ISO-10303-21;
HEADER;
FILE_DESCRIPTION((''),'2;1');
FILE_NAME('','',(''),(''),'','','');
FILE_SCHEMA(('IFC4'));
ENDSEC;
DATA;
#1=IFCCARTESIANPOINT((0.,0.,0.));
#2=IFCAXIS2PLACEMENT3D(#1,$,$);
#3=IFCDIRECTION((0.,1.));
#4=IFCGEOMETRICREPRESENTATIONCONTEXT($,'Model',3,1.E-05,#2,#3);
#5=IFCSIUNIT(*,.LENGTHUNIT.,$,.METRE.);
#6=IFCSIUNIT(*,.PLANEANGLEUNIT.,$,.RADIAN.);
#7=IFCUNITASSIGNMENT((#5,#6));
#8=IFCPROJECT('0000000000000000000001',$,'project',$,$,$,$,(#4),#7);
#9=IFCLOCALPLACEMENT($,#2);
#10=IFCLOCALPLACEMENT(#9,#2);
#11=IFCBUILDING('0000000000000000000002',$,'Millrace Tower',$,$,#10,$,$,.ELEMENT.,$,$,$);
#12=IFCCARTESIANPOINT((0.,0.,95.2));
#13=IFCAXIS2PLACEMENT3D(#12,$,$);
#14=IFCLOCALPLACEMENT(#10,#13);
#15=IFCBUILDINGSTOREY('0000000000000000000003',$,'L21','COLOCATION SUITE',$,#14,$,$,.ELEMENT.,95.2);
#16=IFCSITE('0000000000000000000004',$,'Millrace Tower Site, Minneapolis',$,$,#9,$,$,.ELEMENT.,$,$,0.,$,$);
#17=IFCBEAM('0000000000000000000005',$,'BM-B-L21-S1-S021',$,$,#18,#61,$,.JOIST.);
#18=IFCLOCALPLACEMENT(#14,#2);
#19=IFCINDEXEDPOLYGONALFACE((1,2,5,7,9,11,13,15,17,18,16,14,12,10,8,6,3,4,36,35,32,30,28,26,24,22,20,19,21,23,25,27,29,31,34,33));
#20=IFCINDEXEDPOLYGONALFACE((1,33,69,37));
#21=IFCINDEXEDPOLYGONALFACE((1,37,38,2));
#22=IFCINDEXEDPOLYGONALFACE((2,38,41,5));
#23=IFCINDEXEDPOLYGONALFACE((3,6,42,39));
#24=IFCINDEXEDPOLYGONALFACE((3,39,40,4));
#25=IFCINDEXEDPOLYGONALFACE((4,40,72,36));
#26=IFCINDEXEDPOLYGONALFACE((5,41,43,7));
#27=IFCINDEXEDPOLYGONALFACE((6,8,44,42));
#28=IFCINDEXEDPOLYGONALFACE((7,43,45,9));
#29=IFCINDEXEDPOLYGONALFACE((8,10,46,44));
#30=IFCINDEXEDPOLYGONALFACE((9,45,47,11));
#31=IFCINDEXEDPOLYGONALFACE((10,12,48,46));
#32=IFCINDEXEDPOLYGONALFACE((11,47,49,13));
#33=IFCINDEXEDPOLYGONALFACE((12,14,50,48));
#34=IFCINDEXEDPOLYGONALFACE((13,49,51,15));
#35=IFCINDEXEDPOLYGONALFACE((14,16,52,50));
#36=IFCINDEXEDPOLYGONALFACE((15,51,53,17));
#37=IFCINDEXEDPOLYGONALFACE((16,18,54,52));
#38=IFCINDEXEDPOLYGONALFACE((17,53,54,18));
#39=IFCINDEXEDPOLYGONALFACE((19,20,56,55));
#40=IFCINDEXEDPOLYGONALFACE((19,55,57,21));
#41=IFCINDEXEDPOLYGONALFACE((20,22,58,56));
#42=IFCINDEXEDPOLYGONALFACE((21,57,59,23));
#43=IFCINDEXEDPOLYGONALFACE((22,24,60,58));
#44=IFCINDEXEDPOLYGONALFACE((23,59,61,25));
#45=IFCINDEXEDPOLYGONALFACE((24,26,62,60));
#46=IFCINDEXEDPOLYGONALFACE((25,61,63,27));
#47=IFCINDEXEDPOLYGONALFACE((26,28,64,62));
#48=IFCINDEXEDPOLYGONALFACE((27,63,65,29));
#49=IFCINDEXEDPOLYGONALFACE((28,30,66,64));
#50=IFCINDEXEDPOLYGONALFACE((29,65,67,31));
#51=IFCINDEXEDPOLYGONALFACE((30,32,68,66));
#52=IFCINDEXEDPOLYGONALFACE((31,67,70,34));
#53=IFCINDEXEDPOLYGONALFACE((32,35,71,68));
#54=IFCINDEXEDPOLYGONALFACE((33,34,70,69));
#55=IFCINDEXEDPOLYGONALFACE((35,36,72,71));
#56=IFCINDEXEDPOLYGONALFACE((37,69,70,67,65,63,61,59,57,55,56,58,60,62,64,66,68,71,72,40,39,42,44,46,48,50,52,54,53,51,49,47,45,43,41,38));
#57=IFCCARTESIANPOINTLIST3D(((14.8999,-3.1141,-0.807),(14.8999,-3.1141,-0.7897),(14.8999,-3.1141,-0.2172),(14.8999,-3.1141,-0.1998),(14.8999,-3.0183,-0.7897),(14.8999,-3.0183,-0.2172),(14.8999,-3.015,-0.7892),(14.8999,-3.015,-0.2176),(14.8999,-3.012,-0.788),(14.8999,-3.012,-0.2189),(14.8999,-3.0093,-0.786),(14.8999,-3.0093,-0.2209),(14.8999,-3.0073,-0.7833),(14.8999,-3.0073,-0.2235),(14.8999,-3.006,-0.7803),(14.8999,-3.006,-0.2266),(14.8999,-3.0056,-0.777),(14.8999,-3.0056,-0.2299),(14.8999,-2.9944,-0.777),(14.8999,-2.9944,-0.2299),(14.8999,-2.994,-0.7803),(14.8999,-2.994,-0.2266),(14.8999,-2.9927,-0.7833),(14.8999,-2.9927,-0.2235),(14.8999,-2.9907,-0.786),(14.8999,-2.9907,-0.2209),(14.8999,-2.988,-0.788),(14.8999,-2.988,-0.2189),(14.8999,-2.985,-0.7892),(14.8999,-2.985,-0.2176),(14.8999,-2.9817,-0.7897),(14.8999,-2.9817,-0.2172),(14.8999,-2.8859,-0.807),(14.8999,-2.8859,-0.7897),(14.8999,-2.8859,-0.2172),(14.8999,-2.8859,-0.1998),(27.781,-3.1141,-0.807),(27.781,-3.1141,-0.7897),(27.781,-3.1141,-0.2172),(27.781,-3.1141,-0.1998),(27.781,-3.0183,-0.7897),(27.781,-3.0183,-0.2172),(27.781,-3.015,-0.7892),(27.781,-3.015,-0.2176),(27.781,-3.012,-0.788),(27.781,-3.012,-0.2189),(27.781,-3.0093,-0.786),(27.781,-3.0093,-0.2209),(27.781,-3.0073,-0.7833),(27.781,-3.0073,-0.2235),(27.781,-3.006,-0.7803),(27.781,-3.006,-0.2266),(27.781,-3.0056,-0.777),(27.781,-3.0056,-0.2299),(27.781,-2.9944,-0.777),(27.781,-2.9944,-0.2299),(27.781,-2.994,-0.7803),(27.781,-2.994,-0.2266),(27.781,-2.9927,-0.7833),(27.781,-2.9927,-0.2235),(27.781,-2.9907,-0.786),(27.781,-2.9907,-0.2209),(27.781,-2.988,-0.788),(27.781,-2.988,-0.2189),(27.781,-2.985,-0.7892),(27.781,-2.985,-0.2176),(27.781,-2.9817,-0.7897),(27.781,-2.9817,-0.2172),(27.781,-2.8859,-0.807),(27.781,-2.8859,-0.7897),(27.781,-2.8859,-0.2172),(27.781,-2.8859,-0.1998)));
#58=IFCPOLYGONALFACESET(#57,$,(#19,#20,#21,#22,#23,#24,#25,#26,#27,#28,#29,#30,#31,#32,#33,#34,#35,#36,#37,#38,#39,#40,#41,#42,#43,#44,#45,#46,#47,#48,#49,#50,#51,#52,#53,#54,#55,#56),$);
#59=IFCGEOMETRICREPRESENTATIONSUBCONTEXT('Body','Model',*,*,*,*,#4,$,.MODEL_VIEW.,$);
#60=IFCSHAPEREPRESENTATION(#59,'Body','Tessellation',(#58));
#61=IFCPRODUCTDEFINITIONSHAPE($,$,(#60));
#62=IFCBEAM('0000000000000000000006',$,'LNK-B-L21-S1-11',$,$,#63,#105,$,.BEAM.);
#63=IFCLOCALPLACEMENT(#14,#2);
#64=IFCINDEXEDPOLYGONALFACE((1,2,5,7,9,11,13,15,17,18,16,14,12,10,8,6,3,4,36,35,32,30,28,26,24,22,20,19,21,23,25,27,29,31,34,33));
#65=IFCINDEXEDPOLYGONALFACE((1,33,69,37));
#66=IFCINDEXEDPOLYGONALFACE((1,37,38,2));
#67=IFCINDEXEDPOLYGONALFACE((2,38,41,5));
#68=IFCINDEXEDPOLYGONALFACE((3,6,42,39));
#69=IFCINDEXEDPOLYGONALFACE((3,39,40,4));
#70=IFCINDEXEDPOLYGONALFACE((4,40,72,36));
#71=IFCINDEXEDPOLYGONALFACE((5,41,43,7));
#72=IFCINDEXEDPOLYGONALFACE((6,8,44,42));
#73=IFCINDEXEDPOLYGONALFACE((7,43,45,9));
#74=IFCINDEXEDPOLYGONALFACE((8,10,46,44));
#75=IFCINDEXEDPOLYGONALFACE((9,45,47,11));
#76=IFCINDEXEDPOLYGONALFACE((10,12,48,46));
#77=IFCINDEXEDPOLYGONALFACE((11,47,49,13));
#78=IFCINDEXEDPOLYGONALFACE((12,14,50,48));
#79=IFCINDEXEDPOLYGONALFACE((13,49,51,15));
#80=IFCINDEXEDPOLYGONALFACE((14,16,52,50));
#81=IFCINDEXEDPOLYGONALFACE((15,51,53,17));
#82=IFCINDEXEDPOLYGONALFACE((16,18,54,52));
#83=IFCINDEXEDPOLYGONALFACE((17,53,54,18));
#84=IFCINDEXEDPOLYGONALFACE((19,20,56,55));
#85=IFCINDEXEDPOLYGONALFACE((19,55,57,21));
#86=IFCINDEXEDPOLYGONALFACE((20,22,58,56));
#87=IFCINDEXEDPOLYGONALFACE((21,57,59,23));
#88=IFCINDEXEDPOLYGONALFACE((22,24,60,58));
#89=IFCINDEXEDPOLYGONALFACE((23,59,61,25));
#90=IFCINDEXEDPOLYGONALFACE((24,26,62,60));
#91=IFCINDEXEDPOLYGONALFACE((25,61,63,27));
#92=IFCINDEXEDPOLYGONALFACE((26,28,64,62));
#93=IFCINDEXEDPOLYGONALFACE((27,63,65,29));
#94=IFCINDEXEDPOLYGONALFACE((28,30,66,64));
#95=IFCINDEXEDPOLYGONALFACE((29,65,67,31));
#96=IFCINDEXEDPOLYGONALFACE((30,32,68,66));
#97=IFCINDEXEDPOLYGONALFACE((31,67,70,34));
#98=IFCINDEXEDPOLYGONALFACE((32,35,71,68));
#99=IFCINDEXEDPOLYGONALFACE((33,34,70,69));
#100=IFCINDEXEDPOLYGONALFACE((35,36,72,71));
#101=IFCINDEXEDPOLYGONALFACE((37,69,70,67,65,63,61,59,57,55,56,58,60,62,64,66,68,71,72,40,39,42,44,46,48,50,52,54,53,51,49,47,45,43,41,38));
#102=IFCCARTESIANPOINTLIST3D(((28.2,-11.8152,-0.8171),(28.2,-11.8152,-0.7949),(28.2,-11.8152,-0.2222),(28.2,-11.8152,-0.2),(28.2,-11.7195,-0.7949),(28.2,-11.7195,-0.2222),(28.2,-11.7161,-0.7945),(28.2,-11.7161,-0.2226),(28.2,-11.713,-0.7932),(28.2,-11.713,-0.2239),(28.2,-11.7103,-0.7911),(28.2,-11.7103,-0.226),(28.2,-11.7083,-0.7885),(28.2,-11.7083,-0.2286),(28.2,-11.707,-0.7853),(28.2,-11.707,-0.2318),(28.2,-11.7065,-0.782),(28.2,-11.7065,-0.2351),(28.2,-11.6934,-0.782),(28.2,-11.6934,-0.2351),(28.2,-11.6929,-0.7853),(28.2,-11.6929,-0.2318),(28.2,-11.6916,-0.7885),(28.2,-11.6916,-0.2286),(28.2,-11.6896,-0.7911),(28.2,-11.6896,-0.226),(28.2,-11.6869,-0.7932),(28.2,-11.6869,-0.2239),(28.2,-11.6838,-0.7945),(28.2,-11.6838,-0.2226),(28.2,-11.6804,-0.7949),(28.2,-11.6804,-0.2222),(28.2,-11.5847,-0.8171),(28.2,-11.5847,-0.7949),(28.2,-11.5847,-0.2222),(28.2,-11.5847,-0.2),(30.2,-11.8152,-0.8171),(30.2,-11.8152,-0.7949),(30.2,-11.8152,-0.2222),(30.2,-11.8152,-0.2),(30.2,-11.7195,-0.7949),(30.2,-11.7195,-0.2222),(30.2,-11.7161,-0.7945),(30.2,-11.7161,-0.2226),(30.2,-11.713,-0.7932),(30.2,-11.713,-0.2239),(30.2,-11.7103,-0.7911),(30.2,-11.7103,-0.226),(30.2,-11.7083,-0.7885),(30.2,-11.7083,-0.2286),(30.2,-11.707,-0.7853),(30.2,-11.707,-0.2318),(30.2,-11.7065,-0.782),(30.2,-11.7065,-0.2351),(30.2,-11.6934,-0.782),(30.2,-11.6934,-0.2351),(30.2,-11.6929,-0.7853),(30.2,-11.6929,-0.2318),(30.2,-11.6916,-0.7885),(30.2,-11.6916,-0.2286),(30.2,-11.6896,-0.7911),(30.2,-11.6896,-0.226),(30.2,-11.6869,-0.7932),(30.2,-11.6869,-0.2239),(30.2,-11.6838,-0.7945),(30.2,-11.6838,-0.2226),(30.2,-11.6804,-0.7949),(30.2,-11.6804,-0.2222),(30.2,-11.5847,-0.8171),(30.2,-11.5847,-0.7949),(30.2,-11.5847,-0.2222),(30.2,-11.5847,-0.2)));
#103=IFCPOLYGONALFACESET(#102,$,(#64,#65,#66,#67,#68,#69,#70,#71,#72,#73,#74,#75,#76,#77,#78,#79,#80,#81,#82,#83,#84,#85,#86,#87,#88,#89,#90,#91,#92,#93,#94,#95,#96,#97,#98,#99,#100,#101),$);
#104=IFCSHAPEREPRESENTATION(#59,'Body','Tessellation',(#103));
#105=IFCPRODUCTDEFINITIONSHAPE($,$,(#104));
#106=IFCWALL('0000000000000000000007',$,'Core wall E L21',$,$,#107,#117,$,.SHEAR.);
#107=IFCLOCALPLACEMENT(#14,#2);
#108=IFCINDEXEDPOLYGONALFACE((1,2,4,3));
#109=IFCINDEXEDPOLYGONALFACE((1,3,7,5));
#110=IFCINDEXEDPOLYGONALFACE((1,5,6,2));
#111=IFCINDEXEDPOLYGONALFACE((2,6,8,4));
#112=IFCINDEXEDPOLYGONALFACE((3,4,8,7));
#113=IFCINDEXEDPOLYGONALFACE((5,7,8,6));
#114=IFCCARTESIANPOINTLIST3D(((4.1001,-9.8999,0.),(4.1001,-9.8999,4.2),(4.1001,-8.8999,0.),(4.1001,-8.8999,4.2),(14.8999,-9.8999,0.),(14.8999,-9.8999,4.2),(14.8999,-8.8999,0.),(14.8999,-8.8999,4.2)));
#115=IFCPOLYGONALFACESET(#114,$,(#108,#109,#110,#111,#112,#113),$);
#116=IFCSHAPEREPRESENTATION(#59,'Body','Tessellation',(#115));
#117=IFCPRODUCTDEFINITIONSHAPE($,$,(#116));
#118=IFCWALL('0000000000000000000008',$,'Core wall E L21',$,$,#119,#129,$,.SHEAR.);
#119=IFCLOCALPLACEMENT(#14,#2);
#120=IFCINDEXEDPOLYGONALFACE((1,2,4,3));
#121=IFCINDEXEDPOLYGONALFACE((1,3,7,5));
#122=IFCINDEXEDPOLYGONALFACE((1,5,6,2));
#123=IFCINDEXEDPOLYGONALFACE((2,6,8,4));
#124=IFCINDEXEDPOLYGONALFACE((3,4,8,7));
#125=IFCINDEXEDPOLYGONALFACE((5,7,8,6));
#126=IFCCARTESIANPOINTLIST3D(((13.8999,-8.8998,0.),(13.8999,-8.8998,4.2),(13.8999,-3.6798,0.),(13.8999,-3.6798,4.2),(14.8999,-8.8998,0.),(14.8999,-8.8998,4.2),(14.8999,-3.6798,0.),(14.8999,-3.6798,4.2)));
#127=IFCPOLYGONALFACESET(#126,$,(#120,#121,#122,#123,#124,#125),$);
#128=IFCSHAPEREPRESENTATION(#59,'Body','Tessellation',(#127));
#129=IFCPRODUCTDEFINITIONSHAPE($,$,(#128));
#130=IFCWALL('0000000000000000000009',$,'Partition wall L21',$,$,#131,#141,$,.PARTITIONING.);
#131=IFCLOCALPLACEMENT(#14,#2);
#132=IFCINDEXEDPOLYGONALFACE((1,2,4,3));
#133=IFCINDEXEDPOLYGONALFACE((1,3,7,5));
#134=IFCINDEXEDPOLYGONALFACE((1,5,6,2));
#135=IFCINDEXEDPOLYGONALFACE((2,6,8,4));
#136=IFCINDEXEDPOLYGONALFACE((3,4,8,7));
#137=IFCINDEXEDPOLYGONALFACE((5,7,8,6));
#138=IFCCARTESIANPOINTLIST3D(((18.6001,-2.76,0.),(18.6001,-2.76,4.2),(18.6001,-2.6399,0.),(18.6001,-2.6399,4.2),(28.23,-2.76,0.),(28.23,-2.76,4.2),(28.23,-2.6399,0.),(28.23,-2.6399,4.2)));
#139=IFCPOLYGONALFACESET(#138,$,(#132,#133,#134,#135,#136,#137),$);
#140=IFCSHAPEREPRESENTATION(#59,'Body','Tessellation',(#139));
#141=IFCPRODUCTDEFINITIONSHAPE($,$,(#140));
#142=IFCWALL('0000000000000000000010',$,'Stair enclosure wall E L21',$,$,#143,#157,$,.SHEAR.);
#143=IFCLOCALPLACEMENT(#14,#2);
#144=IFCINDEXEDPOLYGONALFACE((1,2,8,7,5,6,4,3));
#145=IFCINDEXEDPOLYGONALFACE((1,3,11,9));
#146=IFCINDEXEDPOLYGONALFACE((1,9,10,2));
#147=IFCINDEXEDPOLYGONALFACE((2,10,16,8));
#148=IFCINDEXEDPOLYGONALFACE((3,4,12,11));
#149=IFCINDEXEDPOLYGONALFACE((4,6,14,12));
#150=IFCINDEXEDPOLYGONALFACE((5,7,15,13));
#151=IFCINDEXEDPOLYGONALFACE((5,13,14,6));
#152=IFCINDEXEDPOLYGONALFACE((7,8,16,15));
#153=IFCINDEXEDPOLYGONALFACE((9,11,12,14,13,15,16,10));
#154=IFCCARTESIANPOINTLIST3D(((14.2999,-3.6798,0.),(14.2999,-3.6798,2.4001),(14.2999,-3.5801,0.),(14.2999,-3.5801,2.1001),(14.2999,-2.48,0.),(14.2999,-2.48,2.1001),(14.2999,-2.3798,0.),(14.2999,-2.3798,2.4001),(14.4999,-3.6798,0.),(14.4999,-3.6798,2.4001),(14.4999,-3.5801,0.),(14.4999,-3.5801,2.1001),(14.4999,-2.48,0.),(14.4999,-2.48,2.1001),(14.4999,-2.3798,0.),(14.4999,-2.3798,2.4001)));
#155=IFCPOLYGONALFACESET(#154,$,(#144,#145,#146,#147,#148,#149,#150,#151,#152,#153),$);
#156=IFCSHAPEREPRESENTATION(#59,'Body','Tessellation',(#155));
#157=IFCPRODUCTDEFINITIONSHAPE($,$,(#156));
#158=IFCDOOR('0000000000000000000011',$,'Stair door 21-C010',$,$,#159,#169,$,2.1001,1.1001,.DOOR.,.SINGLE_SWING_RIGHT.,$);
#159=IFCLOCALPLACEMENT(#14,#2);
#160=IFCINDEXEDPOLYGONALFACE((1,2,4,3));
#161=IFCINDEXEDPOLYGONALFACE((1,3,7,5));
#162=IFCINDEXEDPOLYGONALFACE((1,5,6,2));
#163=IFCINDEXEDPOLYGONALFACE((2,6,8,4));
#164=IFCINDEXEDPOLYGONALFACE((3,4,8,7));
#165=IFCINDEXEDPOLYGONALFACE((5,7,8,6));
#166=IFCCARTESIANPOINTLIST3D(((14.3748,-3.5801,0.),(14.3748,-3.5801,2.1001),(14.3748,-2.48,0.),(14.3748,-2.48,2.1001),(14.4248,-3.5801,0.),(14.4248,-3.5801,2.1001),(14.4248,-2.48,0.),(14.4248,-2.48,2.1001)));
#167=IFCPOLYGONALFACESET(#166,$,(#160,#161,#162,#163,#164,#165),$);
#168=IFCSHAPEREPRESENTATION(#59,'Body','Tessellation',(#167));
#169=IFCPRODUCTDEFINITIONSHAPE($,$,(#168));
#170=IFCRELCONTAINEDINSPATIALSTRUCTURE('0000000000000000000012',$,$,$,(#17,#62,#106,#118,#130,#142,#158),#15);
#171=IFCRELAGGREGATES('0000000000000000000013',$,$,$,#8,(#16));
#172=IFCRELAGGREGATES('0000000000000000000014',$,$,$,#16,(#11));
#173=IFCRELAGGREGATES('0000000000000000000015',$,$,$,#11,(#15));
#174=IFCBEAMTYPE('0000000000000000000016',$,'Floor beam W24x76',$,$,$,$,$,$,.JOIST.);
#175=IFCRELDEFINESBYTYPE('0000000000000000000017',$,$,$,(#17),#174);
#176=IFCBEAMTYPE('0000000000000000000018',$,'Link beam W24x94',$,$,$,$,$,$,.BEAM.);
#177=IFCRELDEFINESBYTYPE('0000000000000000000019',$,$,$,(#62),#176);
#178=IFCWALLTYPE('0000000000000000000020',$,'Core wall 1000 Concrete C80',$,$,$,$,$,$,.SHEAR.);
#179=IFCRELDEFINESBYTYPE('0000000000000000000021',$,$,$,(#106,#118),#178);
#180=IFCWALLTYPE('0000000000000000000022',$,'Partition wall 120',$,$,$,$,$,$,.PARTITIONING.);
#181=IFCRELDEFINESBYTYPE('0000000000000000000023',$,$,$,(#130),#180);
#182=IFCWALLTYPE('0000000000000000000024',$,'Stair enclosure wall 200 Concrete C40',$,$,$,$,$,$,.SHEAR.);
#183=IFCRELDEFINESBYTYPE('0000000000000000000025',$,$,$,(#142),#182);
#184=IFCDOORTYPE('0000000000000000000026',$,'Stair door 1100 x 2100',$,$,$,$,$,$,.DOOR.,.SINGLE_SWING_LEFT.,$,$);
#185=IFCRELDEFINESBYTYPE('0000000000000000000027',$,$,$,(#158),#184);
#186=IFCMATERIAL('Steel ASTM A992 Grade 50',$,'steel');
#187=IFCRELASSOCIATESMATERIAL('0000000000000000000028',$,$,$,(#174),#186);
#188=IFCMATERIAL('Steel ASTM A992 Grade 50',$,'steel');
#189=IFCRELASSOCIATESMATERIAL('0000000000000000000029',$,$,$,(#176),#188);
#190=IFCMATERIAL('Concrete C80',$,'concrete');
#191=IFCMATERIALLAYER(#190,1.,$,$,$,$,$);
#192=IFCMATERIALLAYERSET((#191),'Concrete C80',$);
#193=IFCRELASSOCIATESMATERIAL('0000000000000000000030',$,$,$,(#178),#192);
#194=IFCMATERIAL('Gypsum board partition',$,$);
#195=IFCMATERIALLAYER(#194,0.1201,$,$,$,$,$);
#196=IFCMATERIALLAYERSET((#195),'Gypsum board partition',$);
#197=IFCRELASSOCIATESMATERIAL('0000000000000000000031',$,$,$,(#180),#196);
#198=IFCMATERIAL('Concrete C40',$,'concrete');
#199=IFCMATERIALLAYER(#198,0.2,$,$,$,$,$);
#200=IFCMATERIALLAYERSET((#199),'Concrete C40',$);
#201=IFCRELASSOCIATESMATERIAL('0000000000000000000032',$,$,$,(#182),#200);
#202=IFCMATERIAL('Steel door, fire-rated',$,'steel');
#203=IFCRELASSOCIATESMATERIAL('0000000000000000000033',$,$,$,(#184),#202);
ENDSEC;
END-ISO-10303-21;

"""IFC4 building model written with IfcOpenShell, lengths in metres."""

from ifc_helpers import new_model, si_unit, direction, frame, frame_2d, origin, origin_2d, place, context, subcontext, project, spatial, rectangle, i_section, extrude, material, layer, layer_set, material_profile, profile_set, type_object, element, fill, save


model = new_model("IFC4")

# Units and contexts
model_context = context("Model", 3, precision=1e-05, world=origin(), true_north=direction((0.0, 1.0)))
body_context = subcontext(model_context, "Body", "Model", "MODEL_VIEW")
ifc_project = project(units=[si_unit("LENGTHUNIT", "METRE"), si_unit("PLANEANGLEUNIT", "RADIAN")], contexts=[model_context])

# Site, building, storey
site_placement = place(None, origin())
site = spatial("IfcSite", under=ifc_project, at=site_placement, Name="Millrace Tower Site, Minneapolis", CompositionType="ELEMENT", RefElevation=0.0)
building_placement = place(site_placement, origin())
building = spatial("IfcBuilding", under=site, at=building_placement, Name="Millrace Tower", CompositionType="ELEMENT")
storey_placement = place(building_placement, frame((0.0, 0.0, 95.2)))
storey = spatial("IfcBuildingStorey", under=building, at=storey_placement, Name="L21", Description="COLOCATION SUITE", CompositionType="ELEMENT", Elevation=95.2)

# Beams
ifc_material_1 = material(Name="Steel ASTM A992 Grade 50", Category="steel")
ifc_material_profile_1 = material_profile(ifc_material_1, i_section(OverallWidth=0.2283, OverallDepth=0.6072, WebThickness=0.0112, FlangeThickness=0.0173, FilletRadius=0.0127, at=origin_2d()))
ifc_profile_set_1 = profile_set([ifc_material_profile_1], Name="Steel ASTM A992 Grade 50")
beam_type_1 = type_object("IfcBeamType", Name="Floor beam W24x76", PredefinedType="JOIST", material=ifc_profile_set_1)
for number, where, z_axis, x_axis, name in (
    (1, (14.8999, -3.0, -0.5034), (1.0, 0.0, 0.0), (0.0, 1.0, 0.0), "BM-B-L21-S1-S021"),
):
    element("IfcBeam", number, at=place(storey_placement, frame(where, z_axis=z_axis, x_axis=x_axis)), inside=storey, type_object=beam_type_1, Name=name, PredefinedType="JOIST", context=body_context, shape_type="SweptSolid", body=[
        extrude(i_section(OverallWidth=0.2283, OverallDepth=0.6072, WebThickness=0.0112, FlangeThickness=0.0173, FilletRadius=0.0127, at=origin_2d()), origin(), (0.0, 0.0, 1.0), 12.8811),
    ])
ifc_material_2 = material(Name="Steel ASTM A992 Grade 50", Category="steel")
ifc_material_profile_2 = material_profile(ifc_material_2, i_section(OverallWidth=0.2305, OverallDepth=0.6172, WebThickness=0.0132, FlangeThickness=0.0222, FilletRadius=0.0129, at=origin_2d()))
ifc_profile_set_2 = profile_set([ifc_material_profile_2], Name="Steel ASTM A992 Grade 50")
beam_type_2 = type_object("IfcBeamType", Name="Link beam W24x94", PredefinedType="BEAM", material=ifc_profile_set_2)
beam_1_placement = place(storey_placement, frame((28.2, -11.7, -0.5085), z_axis=(1.0, 0.0, 0.0), x_axis=(0.0, 1.0, 0.0)))
element("IfcBeam", 2, at=beam_1_placement, inside=storey, type_object=beam_type_2, Name="LNK-B-L21-S1-11", PredefinedType="BEAM", context=body_context, shape_type="SweptSolid", body=[
    extrude(i_section(OverallWidth=0.2305, OverallDepth=0.6172, WebThickness=0.0132, FlangeThickness=0.0222, FilletRadius=0.0129, at=origin_2d()), origin(), (0.0, 0.0, 1.0), 2.0),
])

# Walls
ifc_material_3 = material(Name="Concrete C80", Category="concrete")
ifc_layer_1 = layer(ifc_material_3, 1.0)
ifc_layer_set_1 = layer_set([ifc_layer_1], Name="Concrete C80")
wall_type_1 = type_object("IfcWallType", Name="Core wall 1000 Concrete C80", PredefinedType="SHEAR", material=ifc_layer_set_1)
wall_1_placement = place(storey_placement, frame((14.8999, -9.3999, 0.0), z_axis=(0.0, 0.0, 1.0), x_axis=(-1.0, 0.0, 0.0)))
element("IfcWall", 3, at=wall_1_placement, inside=storey, type_object=wall_type_1, Name="Core wall E L21", PredefinedType="SHEAR", context=body_context, shape_type="SweptSolid", body=[
    extrude(rectangle(XDim=10.7998, YDim=1.0, at=frame_2d((5.3999, 0.0))), origin(), (0.0, 0.0, 1.0), 4.2),
])
wall_2_placement = place(storey_placement, frame((14.3999, -3.6799, 0.0), z_axis=(0.0, 0.0, 1.0), x_axis=(0.0, -1.0, 0.0)))
element("IfcWall", 4, at=wall_2_placement, inside=storey, type_object=wall_type_1, Name="Core wall E L21", PredefinedType="SHEAR", context=body_context, shape_type="SweptSolid", body=[
    extrude(rectangle(XDim=5.22, YDim=1.0, at=frame_2d((2.6099, 0.0))), origin(), (0.0, 0.0, 1.0), 4.2),
])
ifc_material_4 = material(Name="Gypsum board partition")
ifc_layer_2 = layer(ifc_material_4, 0.1201)
ifc_layer_set_2 = layer_set([ifc_layer_2], Name="Gypsum board partition")
wall_type_2 = type_object("IfcWallType", Name="Partition wall 120", PredefinedType="PARTITIONING", material=ifc_layer_set_2)
wall_3_placement = place(storey_placement, frame((18.6001, -2.7, 0.0), z_axis=(0.0, 0.0, 1.0), x_axis=(1.0, 0.0, 0.0)))
element("IfcWall", 5, at=wall_3_placement, inside=storey, type_object=wall_type_2, Name="Partition wall L21", PredefinedType="PARTITIONING", context=body_context, shape_type="SweptSolid", body=[
    extrude(rectangle(XDim=9.6299, YDim=0.1201, at=frame_2d((4.8149, 0.0))), origin(), (0.0, 0.0, 1.0), 4.2),
])

# Wall, opening, door
ifc_material_5 = material(Name="Concrete C40", Category="concrete")
ifc_layer_3 = layer(ifc_material_5, 0.2)
ifc_layer_set_3 = layer_set([ifc_layer_3], Name="Concrete C40")
wall_type_3 = type_object("IfcWallType", Name="Stair enclosure wall 200 Concrete C40", PredefinedType="SHEAR", material=ifc_layer_set_3)
wall_4_placement = place(storey_placement, frame((14.3999, -2.3799, 0.0), z_axis=(0.0, 0.0, 1.0), x_axis=(0.0, -1.0, 0.0)))
wall_4 = element("IfcWall", 6, at=wall_4_placement, inside=storey, type_object=wall_type_3, Name="Stair enclosure wall E L21", PredefinedType="SHEAR", context=body_context, shape_type="SweptSolid", body=[
    extrude(rectangle(XDim=1.3, YDim=0.2, at=frame_2d((0.6499, 0.0))), origin(), (0.0, 0.0, 1.0), 2.4001),
])
opening_1_placement = place(wall_4_placement, frame((0.1001, 0.0, 0.0)))
opening_1 = element("IfcOpeningElement", 7, at=opening_1_placement, cuts=wall_4, PredefinedType="OPENING", context=body_context, shape_type="SweptSolid", body=[
    extrude(rectangle(XDim=1.1001, YDim=2.1001, at=frame_2d((0.55, 1.05))), frame((0.0, 0.1099, 0.0), z_axis=(0.0, -1.0, 0.0), x_axis=(1.0, 0.0, 0.0)), (0.0, 0.0, 1.0), 0.22),
])
ifc_material_6 = material(Name="Steel door, fire-rated", Category="steel")
door_type_1 = type_object("IfcDoorType", Name="Stair door 1100 x 2100", OperationType="SINGLE_SWING_LEFT", PredefinedType="DOOR", material=ifc_material_6)
door_1_placement = place(opening_1_placement, origin())
door_1 = element("IfcDoor", 8, at=door_1_placement, inside=storey, type_object=door_type_1, Name="Stair door 21-C010", OperationType="SINGLE_SWING_RIGHT", OverallHeight=2.1001, OverallWidth=1.1001, PredefinedType="DOOR", context=body_context, shape_type="SweptSolid", body=[
    extrude(rectangle(XDim=1.1001, YDim=2.1001, at=frame_2d((0.55, 1.05))), frame((0.0, 0.0249, 0.0), z_axis=(0.0, -1.0, 0.0), x_axis=(1.0, 0.0, 0.0)), (0.0, 0.0, 1.0), 0.05),
])
fill(opening_1, door_1)

save(model, "model.ifc")
